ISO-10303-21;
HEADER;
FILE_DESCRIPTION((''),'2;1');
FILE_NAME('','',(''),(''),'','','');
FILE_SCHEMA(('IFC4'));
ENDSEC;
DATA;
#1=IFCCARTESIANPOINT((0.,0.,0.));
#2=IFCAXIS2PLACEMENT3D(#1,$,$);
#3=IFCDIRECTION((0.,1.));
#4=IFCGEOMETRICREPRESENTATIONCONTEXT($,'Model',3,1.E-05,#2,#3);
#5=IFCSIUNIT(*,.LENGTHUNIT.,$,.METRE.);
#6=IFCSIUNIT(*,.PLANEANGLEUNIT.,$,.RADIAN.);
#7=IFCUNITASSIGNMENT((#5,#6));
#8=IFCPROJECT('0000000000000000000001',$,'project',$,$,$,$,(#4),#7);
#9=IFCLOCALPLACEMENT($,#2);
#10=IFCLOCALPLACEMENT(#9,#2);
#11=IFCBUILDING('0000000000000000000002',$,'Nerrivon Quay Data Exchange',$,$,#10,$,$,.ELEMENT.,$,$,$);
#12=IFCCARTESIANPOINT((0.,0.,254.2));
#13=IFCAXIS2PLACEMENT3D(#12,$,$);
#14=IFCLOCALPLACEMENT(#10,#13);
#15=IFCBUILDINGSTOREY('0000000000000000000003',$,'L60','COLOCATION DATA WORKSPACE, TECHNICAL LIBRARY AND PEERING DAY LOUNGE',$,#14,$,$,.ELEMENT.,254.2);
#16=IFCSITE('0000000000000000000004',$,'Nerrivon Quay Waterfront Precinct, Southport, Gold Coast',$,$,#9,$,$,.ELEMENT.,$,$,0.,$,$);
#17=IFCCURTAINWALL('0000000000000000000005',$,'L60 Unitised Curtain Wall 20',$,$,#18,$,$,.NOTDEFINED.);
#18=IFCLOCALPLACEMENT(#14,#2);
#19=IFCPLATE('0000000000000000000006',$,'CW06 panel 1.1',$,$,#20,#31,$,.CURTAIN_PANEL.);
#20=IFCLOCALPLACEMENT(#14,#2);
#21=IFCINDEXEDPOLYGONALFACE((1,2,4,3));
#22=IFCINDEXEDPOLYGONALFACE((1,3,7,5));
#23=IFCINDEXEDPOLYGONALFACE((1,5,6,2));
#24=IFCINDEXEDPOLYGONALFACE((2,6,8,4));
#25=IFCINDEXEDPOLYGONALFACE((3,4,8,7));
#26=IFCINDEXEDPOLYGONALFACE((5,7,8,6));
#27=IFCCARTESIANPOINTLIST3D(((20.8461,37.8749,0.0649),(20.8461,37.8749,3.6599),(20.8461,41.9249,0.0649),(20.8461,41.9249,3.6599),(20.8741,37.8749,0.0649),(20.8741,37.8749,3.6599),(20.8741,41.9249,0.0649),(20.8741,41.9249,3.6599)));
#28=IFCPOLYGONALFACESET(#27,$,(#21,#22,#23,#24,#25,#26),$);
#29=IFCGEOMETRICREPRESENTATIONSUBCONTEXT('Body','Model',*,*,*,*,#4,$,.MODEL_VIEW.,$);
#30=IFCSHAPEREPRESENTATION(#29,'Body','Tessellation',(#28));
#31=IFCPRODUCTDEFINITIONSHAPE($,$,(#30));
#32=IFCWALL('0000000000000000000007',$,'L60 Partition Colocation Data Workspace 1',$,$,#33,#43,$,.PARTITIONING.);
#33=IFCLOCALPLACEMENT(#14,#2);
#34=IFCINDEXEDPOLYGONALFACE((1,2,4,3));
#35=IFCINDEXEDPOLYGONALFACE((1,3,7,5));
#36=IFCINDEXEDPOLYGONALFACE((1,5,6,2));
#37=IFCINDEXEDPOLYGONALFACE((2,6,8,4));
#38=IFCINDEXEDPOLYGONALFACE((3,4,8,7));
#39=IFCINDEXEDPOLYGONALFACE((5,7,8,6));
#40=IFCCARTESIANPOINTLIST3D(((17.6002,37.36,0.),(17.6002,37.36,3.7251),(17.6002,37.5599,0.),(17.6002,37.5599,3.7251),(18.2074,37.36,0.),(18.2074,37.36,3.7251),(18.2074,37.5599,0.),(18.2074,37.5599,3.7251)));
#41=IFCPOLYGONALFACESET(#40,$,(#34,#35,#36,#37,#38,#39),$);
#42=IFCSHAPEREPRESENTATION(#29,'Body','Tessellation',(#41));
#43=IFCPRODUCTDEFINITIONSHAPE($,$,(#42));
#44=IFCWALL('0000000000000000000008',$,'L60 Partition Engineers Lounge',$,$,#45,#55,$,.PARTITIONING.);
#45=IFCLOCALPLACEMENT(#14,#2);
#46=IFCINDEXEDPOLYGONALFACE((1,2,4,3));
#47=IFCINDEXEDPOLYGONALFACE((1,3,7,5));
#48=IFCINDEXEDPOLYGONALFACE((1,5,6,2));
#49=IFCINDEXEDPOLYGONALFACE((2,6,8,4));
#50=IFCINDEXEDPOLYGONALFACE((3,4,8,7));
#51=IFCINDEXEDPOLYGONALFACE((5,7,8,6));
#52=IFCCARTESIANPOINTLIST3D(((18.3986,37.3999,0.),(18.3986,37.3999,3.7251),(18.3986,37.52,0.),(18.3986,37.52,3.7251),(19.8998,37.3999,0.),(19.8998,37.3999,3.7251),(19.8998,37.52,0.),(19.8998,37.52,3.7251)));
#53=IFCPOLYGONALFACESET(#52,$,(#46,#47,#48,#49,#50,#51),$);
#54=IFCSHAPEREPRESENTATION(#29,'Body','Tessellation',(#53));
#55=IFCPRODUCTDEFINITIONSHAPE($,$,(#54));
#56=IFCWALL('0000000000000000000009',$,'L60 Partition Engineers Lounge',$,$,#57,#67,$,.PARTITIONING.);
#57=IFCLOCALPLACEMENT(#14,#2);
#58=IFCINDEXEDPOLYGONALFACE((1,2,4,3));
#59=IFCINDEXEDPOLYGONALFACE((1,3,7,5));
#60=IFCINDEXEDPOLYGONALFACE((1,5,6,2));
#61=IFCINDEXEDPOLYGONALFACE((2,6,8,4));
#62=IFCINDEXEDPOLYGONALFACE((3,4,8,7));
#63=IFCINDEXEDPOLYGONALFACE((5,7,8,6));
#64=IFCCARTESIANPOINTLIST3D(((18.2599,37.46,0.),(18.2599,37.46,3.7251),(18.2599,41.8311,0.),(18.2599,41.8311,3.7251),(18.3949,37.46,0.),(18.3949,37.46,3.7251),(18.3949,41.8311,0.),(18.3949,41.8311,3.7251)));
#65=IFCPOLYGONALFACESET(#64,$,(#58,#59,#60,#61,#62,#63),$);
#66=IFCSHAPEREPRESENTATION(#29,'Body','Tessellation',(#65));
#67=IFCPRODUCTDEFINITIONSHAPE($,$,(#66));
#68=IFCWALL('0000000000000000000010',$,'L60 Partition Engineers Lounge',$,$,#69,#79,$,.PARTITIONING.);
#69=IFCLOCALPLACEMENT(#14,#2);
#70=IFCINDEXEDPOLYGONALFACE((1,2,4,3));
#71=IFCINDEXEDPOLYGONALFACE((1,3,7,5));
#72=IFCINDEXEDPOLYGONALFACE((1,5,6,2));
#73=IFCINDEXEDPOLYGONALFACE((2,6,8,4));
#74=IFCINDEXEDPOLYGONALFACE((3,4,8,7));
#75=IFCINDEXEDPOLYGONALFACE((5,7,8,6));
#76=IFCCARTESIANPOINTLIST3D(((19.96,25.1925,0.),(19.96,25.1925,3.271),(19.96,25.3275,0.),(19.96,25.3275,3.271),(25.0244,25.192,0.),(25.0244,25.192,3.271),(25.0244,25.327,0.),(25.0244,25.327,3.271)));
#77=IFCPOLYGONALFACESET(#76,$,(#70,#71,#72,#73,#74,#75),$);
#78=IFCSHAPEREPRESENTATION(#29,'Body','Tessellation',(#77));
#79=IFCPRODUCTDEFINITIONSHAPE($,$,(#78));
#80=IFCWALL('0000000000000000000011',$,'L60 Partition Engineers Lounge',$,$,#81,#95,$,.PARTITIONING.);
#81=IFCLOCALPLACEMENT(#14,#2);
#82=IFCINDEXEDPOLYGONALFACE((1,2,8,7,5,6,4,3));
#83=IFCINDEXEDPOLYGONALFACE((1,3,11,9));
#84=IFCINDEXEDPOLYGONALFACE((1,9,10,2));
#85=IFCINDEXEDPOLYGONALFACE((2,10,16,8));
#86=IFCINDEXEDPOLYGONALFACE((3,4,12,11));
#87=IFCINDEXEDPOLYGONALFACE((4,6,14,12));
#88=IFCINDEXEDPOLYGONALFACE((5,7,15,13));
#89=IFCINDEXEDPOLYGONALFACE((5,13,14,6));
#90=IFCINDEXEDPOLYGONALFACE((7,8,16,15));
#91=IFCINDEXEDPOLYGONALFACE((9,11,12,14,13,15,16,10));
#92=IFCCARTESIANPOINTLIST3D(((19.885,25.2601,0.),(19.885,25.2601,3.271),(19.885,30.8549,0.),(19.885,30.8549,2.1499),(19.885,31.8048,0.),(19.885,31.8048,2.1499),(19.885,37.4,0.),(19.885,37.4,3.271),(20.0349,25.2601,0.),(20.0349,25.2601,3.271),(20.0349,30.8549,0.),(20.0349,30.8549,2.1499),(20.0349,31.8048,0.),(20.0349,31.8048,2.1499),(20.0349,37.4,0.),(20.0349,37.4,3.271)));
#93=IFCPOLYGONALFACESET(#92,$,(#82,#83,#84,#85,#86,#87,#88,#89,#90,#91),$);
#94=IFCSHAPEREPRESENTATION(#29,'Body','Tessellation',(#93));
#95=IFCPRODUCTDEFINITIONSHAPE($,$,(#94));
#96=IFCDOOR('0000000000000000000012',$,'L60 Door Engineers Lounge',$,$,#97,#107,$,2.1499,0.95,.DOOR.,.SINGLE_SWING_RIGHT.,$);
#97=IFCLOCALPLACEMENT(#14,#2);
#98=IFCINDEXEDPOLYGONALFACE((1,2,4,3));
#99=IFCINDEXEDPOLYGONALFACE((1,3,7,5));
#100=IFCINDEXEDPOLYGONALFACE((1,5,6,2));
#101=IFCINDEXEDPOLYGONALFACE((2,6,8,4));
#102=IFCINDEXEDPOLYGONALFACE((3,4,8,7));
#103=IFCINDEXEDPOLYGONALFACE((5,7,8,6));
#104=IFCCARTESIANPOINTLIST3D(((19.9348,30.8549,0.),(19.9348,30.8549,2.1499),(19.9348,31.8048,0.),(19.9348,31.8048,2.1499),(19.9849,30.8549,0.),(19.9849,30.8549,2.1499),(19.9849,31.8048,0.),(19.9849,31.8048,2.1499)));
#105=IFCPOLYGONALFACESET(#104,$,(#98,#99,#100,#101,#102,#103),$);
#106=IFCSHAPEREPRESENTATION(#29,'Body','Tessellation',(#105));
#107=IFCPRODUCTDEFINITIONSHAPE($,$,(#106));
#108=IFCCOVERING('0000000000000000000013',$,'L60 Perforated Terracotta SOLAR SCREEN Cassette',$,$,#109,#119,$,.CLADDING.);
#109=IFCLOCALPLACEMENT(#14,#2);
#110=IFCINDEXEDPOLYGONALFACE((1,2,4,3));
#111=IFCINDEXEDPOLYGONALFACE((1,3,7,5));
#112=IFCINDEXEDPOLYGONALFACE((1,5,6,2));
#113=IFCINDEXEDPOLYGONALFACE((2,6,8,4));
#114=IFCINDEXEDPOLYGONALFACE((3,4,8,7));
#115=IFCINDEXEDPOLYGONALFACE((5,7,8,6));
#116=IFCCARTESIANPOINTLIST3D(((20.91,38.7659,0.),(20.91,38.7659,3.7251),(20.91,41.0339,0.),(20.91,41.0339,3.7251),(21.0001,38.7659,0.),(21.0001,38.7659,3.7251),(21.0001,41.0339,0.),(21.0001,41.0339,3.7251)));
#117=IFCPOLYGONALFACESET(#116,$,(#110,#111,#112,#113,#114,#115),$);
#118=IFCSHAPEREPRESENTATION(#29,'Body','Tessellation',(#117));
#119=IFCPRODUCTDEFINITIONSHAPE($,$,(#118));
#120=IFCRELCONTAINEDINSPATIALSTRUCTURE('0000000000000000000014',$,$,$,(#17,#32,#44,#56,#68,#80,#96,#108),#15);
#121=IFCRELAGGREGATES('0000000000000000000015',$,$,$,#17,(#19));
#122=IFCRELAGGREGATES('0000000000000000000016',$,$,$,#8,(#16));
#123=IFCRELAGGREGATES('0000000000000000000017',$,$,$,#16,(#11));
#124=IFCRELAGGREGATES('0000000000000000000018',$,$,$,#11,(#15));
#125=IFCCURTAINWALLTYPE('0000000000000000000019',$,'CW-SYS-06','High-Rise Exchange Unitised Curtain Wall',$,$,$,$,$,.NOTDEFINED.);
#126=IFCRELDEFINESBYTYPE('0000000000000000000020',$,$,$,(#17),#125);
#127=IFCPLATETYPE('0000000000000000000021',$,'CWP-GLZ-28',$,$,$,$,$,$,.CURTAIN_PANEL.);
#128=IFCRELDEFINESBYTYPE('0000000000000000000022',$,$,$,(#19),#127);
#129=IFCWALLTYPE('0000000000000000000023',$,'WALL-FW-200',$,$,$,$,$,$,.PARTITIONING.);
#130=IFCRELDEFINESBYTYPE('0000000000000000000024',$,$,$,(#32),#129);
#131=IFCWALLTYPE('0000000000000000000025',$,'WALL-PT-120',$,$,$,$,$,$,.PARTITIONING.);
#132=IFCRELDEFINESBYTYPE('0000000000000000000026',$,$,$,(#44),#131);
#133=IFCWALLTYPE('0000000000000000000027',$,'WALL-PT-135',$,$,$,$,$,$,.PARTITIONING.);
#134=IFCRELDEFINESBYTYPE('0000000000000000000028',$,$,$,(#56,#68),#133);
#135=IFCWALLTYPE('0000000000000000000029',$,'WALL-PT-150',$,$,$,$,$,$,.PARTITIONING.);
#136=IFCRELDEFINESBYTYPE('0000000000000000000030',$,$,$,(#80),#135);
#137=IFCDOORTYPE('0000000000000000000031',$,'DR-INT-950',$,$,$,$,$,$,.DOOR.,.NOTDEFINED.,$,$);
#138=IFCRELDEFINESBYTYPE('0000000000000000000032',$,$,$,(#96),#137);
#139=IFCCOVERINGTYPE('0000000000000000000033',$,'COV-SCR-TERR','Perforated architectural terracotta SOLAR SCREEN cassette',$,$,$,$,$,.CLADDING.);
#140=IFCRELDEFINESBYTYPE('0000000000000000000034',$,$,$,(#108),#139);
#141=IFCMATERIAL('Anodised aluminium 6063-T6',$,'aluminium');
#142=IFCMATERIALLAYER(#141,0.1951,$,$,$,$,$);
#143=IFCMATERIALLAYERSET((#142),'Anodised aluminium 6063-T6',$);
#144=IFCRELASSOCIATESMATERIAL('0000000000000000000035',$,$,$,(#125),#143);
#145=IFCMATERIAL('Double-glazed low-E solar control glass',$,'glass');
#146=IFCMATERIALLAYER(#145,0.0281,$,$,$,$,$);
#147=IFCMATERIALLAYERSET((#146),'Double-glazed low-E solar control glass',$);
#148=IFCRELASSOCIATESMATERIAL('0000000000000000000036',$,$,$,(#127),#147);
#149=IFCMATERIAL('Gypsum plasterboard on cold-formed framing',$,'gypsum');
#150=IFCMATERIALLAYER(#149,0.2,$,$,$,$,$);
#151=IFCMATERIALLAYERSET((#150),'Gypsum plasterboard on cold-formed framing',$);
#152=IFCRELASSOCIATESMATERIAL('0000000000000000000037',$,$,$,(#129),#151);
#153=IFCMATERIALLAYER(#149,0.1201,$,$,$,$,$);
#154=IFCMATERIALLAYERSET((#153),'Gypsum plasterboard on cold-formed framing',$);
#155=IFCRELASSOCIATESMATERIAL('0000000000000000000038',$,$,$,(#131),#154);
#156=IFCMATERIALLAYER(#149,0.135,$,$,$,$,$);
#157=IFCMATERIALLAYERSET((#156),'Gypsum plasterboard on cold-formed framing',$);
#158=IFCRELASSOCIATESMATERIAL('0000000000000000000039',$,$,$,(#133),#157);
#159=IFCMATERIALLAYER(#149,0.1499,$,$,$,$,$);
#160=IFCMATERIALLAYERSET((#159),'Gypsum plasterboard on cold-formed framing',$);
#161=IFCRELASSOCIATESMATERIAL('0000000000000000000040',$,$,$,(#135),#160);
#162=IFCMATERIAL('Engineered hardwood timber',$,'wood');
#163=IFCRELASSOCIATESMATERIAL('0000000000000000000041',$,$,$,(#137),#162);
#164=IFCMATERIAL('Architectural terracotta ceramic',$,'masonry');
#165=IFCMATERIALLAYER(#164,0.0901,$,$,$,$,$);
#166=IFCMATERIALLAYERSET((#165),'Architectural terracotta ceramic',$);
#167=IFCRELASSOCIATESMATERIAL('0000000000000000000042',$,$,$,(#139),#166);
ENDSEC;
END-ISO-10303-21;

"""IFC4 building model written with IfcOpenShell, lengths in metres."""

from ifc_helpers import new_model, si_unit, direction, frame, frame_2d, origin, origin_2d, place, context, subcontext, project, spatial, rectangle, extrude, material, layer, layer_set, type_object, element, fill, aggregate, save


model = new_model("IFC4")

# Units and contexts
model_context = context("Model", 3, precision=1e-05, world=origin(), true_north=direction((0.0, 1.0)))
body_context = subcontext(model_context, "Body", "Model", "MODEL_VIEW")
ifc_project = project(units=[si_unit("LENGTHUNIT", "METRE"), si_unit("PLANEANGLEUNIT", "RADIAN")], contexts=[model_context])

# Site, building, storey
site_placement = place(None, origin())
site = spatial("IfcSite", under=ifc_project, at=site_placement, Name="Nerrivon Quay Waterfront Precinct, Southport, Gold Coast", CompositionType="ELEMENT", RefElevation=0.0)
building_placement = place(site_placement, origin())
building = spatial("IfcBuilding", under=site, at=building_placement, Name="Nerrivon Quay Data Exchange", CompositionType="ELEMENT")
storey_placement = place(building_placement, frame((0.0, 0.0, 254.2)))
storey = spatial("IfcBuildingStorey", under=building, at=storey_placement, Name="L60", Description="COLOCATION DATA WORKSPACE, TECHNICAL LIBRARY AND PEERING DAY LOUNGE", CompositionType="ELEMENT", Elevation=254.2)

# Shared definitions
ifc_material_1 = material(Name="Anodised aluminium 6063-T6", Category="aluminium")
ifc_layer_1 = layer(ifc_material_1, 0.1951)
ifc_layer_set_1 = layer_set([ifc_layer_1], Name="Anodised aluminium 6063-T6")
curtain_wall_type = type_object("IfcCurtainWallType", Name="CW-SYS-06", Description="High-Rise Exchange Unitised Curtain Wall", PredefinedType="NOTDEFINED", material=ifc_layer_set_1)

# Curtain wall
curtain_wall_1_placement = place(storey_placement, origin())
curtain_wall_1 = element("IfcCurtainWall", 1, at=curtain_wall_1_placement, inside=storey, type_object=curtain_wall_type, Name="L60 Unitised Curtain Wall 20", PredefinedType="NOTDEFINED")

# Plate
ifc_material_2 = material(Name="Double-glazed low-E solar control glass", Category="glass")
ifc_layer_2 = layer(ifc_material_2, 0.0281)
ifc_layer_set_2 = layer_set([ifc_layer_2], Name="Double-glazed low-E solar control glass")
plate_type = type_object("IfcPlateType", Name="CWP-GLZ-28", PredefinedType="CURTAIN_PANEL", material=ifc_layer_set_2)
plate_1_placement = place(storey_placement, frame((20.8601, 39.8999, 0.0649), z_axis=(0.0, 0.0, 1.0), x_axis=(0.0, -1.0, 0.0)))
plate_1 = element("IfcPlate", 2, at=plate_1_placement, type_object=plate_type, Name="CW06 panel 1.1", PredefinedType="CURTAIN_PANEL", context=body_context, shape_type="SweptSolid", body=[
    extrude(rectangle(XDim=4.05, YDim=0.0281, at=origin_2d()), origin(), (0.0, 0.0, 1.0), 3.595),
])
aggregate(curtain_wall_1, [plate_1])

# Walls
ifc_material_3 = material(Name="Gypsum plasterboard on cold-formed framing", Category="gypsum")
ifc_layer_3 = layer(ifc_material_3, 0.2)
ifc_layer_set_3 = layer_set([ifc_layer_3], Name="Gypsum plasterboard on cold-formed framing")
wall_type_1 = type_object("IfcWallType", Name="WALL-FW-200", PredefinedType="PARTITIONING", material=ifc_layer_set_3)
wall_1_placement = place(storey_placement, frame((17.6001, 37.46, 0.0), z_axis=(0.0, 0.0, 1.0), x_axis=(1.0, 0.0, 0.0)))
element("IfcWall", 3, at=wall_1_placement, inside=storey, type_object=wall_type_1, Name="L60 Partition Colocation Data Workspace 1", PredefinedType="PARTITIONING", context=body_context, shape_type="SweptSolid", body=[
    extrude(rectangle(XDim=0.6072, YDim=0.2, at=frame_2d((0.3037, 0.0))), origin(), (0.0, 0.0, 1.0), 3.7251),
])
ifc_layer_4 = layer(ifc_material_3, 0.1201)
ifc_layer_set_4 = layer_set([ifc_layer_4], Name="Gypsum plasterboard on cold-formed framing")
wall_type_2 = type_object("IfcWallType", Name="WALL-PT-120", PredefinedType="PARTITIONING", material=ifc_layer_set_4)
wall_2_placement = place(storey_placement, frame((18.3987, 37.46, 0.0), z_axis=(0.0, 0.0, 1.0), x_axis=(1.0, 0.0, 0.0)))
element("IfcWall", 4, at=wall_2_placement, inside=storey, type_object=wall_type_2, Name="L60 Partition Engineers Lounge", PredefinedType="PARTITIONING", context=body_context, shape_type="SweptSolid", body=[
    extrude(rectangle(XDim=1.5012, YDim=0.1201, at=frame_2d((0.7505, 0.0))), origin(), (0.0, 0.0, 1.0), 3.7251),
])
ifc_layer_5 = layer(ifc_material_3, 0.135)
ifc_layer_set_5 = layer_set([ifc_layer_5], Name="Gypsum plasterboard on cold-formed framing")
wall_type_3 = type_object("IfcWallType", Name="WALL-PT-135", PredefinedType="PARTITIONING", material=ifc_layer_set_5)
wall_3_placement = place(storey_placement, frame((18.3274, 41.8311, 0.0), z_axis=(0.0, 0.0, 1.0), x_axis=(0.0, -1.0, 0.0)))
element("IfcWall", 5, at=wall_3_placement, inside=storey, type_object=wall_type_3, Name="L60 Partition Engineers Lounge", PredefinedType="PARTITIONING", context=body_context, shape_type="SweptSolid", body=[
    extrude(rectangle(XDim=4.3711, YDim=0.135, at=frame_2d((2.1855, 0.0))), origin(), (0.0, 0.0, 1.0), 3.7251),
])
wall_4_placement = place(storey_placement, frame((19.96, 25.26, 0.0), z_axis=(0.0, 0.0, 1.0), x_axis=(1.0, -0.000096, 0.0)))
element("IfcWall", 6, at=wall_4_placement, inside=storey, type_object=wall_type_3, Name="L60 Partition Engineers Lounge", PredefinedType="PARTITIONING", context=body_context, shape_type="SweptSolid", body=[
    extrude(rectangle(XDim=5.0645, YDim=0.135, at=frame_2d((2.5322, 0.0))), origin(), (0.0, 0.0, 1.0), 3.271),
])

# Wall, opening, door
ifc_layer_6 = layer(ifc_material_3, 0.1499)
ifc_layer_set_6 = layer_set([ifc_layer_6], Name="Gypsum plasterboard on cold-formed framing")
wall_type_4 = type_object("IfcWallType", Name="WALL-PT-150", PredefinedType="PARTITIONING", material=ifc_layer_set_6)
wall_5_placement = place(storey_placement, frame((19.96, 37.3999, 0.0), z_axis=(0.0, 0.0, 1.0), x_axis=(0.0, -1.0, 0.0)))
wall_5 = element("IfcWall", 7, at=wall_5_placement, inside=storey, type_object=wall_type_4, Name="L60 Partition Engineers Lounge", PredefinedType="PARTITIONING", context=body_context, shape_type="SweptSolid", body=[
    extrude(rectangle(XDim=12.1399, YDim=0.1499, at=frame_2d((6.0698, 0.0))), origin(), (0.0, 0.0, 1.0), 3.271),
])
opening_1_placement = place(wall_5_placement, frame((5.595, 0.0, 0.0)))
opening_1 = element("IfcOpeningElement", 8, at=opening_1_placement, cuts=wall_5, PredefinedType="OPENING", context=body_context, shape_type="SweptSolid", body=[
    extrude(rectangle(XDim=0.95, YDim=2.1499, at=frame_2d((0.4751, 1.075))), frame((0.0, 0.085, 0.0), z_axis=(0.0, -1.0, 0.0), x_axis=(1.0, 0.0, 0.0)), (0.0, 0.0, 1.0), 0.1699),
])
ifc_material_4 = material(Name="Engineered hardwood timber", Category="wood")
door_type_1 = type_object("IfcDoorType", Name="DR-INT-950", OperationType="NOTDEFINED", PredefinedType="DOOR", material=ifc_material_4)
door_1_placement = place(opening_1_placement, origin())
door_1 = element("IfcDoor", 9, at=door_1_placement, inside=storey, type_object=door_type_1, Name="L60 Door Engineers Lounge", OperationType="SINGLE_SWING_RIGHT", OverallHeight=2.1499, OverallWidth=0.95, PredefinedType="DOOR", context=body_context, shape_type="SweptSolid", body=[
    extrude(rectangle(XDim=0.95, YDim=2.1499, at=frame_2d((0.4751, 1.075))), frame((0.0, 0.0249, 0.0), z_axis=(0.0, -1.0, 0.0), x_axis=(1.0, 0.0, 0.0)), (0.0, 0.0, 1.0), 0.05),
])
fill(opening_1, door_1)

# Covering
ifc_material_5 = material(Name="Architectural terracotta ceramic", Category="masonry")
ifc_layer_7 = layer(ifc_material_5, 0.0901)
ifc_layer_set_7 = layer_set([ifc_layer_7], Name="Architectural terracotta ceramic")
covering_type = type_object("IfcCoveringType", Name="COV-SCR-TERR", Description="Perforated architectural terracotta SOLAR SCREEN cassette", PredefinedType="CLADDING", material=ifc_layer_set_7)
covering_placement = place(storey_placement, frame((20.9551, 39.8999, 0.0), z_axis=(0.0, 0.0, 1.0), x_axis=(0.0, -1.0, 0.0)))
element("IfcCovering", 10, at=covering_placement, inside=storey, type_object=covering_type, Name="L60 Perforated Terracotta SOLAR SCREEN Cassette", PredefinedType="CLADDING", context=body_context, shape_type="SweptSolid", body=[
    extrude(rectangle(XDim=2.2681, YDim=0.0901, at=origin_2d()), origin(), (0.0, 0.0, 1.0), 3.7251),
])

save(model, "model.ifc")
